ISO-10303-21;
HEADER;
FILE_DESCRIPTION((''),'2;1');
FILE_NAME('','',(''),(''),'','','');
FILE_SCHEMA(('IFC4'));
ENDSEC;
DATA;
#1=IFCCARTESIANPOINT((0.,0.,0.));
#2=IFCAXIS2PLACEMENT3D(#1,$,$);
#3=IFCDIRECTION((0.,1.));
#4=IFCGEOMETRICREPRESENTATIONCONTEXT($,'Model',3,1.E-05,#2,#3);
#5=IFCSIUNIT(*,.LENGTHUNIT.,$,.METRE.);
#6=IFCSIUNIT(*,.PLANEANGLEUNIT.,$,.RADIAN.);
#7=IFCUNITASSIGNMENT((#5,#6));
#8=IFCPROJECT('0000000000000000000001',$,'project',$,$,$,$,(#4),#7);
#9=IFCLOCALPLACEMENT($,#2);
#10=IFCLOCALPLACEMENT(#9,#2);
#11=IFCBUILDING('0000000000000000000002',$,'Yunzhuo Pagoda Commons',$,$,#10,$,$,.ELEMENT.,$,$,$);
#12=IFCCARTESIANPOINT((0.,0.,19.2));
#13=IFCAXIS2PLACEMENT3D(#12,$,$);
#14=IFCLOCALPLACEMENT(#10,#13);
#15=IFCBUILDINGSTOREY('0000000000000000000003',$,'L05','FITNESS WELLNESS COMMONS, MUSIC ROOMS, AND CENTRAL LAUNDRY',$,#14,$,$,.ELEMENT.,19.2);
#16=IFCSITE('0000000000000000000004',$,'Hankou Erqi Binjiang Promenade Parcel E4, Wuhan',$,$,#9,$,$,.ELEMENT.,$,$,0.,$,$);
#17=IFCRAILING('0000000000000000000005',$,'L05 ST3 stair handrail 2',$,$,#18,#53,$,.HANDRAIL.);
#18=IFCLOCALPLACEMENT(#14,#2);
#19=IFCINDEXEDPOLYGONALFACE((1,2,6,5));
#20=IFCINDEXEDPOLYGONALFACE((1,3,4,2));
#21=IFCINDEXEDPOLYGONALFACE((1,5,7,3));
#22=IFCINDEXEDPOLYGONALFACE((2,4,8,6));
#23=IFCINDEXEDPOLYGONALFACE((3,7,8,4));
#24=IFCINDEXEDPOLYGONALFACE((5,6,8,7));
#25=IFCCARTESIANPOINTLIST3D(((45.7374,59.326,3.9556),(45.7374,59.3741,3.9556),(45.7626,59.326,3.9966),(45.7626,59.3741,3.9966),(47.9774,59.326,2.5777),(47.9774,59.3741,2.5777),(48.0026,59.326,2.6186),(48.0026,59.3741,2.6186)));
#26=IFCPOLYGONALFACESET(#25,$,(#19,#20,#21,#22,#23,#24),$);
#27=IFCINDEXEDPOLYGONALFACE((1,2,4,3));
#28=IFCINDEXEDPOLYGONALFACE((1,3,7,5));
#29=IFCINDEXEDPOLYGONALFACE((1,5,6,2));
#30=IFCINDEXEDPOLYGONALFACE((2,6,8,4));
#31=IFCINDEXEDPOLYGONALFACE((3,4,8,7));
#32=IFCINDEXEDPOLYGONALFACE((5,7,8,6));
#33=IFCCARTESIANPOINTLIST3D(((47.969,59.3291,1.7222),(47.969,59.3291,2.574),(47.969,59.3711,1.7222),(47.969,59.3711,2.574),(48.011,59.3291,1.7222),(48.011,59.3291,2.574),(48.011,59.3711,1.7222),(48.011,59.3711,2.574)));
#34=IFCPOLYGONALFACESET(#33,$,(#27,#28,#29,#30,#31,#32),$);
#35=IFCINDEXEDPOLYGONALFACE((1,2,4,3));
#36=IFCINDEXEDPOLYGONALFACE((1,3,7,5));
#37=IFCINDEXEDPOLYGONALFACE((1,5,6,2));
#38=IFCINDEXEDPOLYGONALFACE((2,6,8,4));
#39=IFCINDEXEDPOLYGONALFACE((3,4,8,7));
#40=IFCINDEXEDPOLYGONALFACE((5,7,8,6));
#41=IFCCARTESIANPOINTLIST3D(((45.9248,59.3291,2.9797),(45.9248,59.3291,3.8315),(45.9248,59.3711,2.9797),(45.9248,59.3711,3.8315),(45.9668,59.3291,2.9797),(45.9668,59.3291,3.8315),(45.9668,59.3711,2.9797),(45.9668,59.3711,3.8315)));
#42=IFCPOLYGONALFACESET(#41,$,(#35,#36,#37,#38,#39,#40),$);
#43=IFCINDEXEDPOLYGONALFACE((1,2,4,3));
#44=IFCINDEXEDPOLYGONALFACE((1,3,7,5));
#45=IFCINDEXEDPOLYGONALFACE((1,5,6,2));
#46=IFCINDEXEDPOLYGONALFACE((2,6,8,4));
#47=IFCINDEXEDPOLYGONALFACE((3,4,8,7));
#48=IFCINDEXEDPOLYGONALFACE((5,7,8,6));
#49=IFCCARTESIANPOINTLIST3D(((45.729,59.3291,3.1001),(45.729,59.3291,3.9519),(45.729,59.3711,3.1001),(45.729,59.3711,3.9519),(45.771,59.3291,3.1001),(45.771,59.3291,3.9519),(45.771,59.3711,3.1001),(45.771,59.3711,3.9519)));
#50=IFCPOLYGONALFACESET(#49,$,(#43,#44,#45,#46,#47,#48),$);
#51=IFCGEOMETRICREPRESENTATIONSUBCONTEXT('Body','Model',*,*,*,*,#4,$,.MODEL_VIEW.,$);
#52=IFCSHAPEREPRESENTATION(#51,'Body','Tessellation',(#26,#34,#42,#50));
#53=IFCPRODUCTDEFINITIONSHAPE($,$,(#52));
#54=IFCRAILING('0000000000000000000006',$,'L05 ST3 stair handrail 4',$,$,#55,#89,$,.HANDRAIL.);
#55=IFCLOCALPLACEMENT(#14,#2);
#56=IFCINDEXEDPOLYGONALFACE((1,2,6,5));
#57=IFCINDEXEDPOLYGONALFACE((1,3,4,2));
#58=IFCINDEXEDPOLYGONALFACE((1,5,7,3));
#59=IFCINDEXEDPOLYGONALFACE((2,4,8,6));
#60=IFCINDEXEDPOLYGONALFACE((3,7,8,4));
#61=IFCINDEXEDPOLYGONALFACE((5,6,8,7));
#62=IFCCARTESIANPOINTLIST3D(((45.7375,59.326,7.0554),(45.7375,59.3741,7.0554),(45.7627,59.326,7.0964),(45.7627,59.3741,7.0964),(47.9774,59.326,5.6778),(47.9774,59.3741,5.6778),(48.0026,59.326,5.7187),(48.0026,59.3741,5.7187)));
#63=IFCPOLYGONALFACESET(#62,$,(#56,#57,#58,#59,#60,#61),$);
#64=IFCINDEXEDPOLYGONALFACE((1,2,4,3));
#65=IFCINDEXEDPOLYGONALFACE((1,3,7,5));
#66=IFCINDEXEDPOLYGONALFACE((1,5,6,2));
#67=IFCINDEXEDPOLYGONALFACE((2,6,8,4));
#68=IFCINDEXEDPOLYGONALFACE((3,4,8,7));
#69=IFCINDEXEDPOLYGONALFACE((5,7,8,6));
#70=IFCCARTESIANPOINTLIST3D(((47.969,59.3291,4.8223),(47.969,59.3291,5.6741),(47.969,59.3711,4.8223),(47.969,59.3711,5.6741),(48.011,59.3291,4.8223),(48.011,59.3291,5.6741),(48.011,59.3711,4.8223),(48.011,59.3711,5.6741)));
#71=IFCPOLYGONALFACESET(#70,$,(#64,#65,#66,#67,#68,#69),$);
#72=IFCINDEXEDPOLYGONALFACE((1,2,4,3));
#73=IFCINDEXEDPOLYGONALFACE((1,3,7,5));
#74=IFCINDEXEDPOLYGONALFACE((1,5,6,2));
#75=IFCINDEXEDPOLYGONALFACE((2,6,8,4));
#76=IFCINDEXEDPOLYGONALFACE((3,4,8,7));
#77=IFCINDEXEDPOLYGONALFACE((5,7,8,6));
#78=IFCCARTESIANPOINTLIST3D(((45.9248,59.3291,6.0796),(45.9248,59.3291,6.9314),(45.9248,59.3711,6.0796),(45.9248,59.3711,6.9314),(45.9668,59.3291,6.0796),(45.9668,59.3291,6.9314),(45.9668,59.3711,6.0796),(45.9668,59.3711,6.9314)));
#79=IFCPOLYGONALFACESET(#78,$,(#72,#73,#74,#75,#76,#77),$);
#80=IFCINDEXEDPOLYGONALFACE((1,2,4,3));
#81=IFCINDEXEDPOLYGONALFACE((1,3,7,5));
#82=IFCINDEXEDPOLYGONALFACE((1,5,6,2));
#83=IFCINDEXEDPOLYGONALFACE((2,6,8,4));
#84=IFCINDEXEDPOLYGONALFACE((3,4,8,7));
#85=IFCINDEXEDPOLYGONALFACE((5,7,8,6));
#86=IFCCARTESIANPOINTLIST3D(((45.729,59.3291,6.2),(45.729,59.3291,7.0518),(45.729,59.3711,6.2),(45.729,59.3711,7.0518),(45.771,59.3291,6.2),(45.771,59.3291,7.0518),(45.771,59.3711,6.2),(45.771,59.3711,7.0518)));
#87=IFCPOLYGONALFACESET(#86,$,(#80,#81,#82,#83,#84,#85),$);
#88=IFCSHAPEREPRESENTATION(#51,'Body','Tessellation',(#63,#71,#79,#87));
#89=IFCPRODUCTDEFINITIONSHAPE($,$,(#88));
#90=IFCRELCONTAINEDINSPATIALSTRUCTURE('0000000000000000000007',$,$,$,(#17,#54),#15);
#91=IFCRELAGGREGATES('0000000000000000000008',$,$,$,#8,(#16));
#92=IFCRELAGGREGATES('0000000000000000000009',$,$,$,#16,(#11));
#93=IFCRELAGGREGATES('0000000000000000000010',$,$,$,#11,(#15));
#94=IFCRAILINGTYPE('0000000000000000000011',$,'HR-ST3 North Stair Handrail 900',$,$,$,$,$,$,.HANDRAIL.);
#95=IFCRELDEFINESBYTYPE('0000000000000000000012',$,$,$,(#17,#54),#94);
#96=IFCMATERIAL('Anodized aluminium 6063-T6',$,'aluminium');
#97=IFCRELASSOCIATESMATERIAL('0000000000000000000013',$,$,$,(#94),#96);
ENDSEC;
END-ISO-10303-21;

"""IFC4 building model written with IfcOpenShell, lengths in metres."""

from ifc_helpers import new_model, si_unit, direction, frame, origin, origin_2d, place, context, subcontext, project, spatial, rectangle, extrude, material, type_object, element, save


model = new_model("IFC4")

# Units and contexts
model_context = context("Model", 3, precision=1e-05, world=origin(), true_north=direction((0.0, 1.0)))
body_context = subcontext(model_context, "Body", "Model", "MODEL_VIEW")
ifc_project = project(units=[si_unit("LENGTHUNIT", "METRE"), si_unit("PLANEANGLEUNIT", "RADIAN")], contexts=[model_context])

# Site, building, storey
site_placement = place(None, origin())
site = spatial("IfcSite", under=ifc_project, at=site_placement, Name="Hankou Erqi Binjiang Promenade Parcel E4, Wuhan", CompositionType="ELEMENT", RefElevation=0.0)
building_placement = place(site_placement, origin())
building = spatial("IfcBuilding", under=site, at=building_placement, Name="Yunzhuo Pagoda Commons", CompositionType="ELEMENT")
storey_placement = place(building_placement, frame((0.0, 0.0, 19.2)))
storey = spatial("IfcBuildingStorey", under=building, at=storey_placement, Name="L05", Description="FITNESS WELLNESS COMMONS, MUSIC ROOMS, AND CENTRAL LAUNDRY", CompositionType="ELEMENT", Elevation=19.2)

# Shared definitions
ifc_material_1 = material(Name="Anodized aluminium 6063-T6", Category="aluminium")

# Railings
railing_type_1 = type_object("IfcRailingType", Name="HR-ST3 North Stair Handrail 900", PredefinedType="HANDRAIL", material=ifc_material_1)
railing_1_placement = place(storey_placement, frame((47.99, 59.3501, 1.7222)))
element("IfcRailing", 1, at=railing_1_placement, inside=storey, type_object=railing_type_1, Name="L05 ST3 stair handrail 2", PredefinedType="HANDRAIL", context=body_context, shape_type="SweptSolid", body=[
    extrude(rectangle(XDim=0.0481, YDim=0.0481, at=origin_2d()), frame((0.0, 0.0, 0.876), z_axis=(-0.851748, 0.0, 0.523952), x_axis=(0.0, -1.0, 0.0)), (0.0, 0.0, 1.0), 2.6299),
    extrude(rectangle(XDim=0.042, YDim=0.042, at=origin_2d()), origin(), (0.0, 0.0, 1.0), 0.8518),
    extrude(rectangle(XDim=0.042, YDim=0.042, at=origin_2d()), frame((-2.0442, 0.0, 1.2576)), (0.0, 0.0, 1.0), 0.8518),
    extrude(rectangle(XDim=0.042, YDim=0.042, at=origin_2d()), frame((-2.24, 0.0, 1.3779)), (0.0, 0.0, 1.0), 0.8518),
])
railing_2_placement = place(storey_placement, frame((47.99, 59.3501, 4.8223)))
element("IfcRailing", 2, at=railing_2_placement, inside=storey, type_object=railing_type_1, Name="L05 ST3 stair handrail 4", PredefinedType="HANDRAIL", context=body_context, shape_type="SweptSolid", body=[
    extrude(rectangle(XDim=0.0481, YDim=0.0481, at=origin_2d()), frame((0.0, 0.0, 0.876), z_axis=(-0.851789, 0.0, 0.523885), x_axis=(0.0, -1.0, 0.0)), (0.0, 0.0, 1.0), 2.6296),
    extrude(rectangle(XDim=0.042, YDim=0.042, at=origin_2d()), origin(), (0.0, 0.0, 1.0), 0.8518),
    extrude(rectangle(XDim=0.042, YDim=0.042, at=origin_2d()), frame((-2.0442, 0.0, 1.2573)), (0.0, 0.0, 1.0), 0.8518),
    extrude(rectangle(XDim=0.042, YDim=0.042, at=origin_2d()), frame((-2.24, 0.0, 1.3777)), (0.0, 0.0, 1.0), 0.8518),
])

save(model, "model.ifc")
